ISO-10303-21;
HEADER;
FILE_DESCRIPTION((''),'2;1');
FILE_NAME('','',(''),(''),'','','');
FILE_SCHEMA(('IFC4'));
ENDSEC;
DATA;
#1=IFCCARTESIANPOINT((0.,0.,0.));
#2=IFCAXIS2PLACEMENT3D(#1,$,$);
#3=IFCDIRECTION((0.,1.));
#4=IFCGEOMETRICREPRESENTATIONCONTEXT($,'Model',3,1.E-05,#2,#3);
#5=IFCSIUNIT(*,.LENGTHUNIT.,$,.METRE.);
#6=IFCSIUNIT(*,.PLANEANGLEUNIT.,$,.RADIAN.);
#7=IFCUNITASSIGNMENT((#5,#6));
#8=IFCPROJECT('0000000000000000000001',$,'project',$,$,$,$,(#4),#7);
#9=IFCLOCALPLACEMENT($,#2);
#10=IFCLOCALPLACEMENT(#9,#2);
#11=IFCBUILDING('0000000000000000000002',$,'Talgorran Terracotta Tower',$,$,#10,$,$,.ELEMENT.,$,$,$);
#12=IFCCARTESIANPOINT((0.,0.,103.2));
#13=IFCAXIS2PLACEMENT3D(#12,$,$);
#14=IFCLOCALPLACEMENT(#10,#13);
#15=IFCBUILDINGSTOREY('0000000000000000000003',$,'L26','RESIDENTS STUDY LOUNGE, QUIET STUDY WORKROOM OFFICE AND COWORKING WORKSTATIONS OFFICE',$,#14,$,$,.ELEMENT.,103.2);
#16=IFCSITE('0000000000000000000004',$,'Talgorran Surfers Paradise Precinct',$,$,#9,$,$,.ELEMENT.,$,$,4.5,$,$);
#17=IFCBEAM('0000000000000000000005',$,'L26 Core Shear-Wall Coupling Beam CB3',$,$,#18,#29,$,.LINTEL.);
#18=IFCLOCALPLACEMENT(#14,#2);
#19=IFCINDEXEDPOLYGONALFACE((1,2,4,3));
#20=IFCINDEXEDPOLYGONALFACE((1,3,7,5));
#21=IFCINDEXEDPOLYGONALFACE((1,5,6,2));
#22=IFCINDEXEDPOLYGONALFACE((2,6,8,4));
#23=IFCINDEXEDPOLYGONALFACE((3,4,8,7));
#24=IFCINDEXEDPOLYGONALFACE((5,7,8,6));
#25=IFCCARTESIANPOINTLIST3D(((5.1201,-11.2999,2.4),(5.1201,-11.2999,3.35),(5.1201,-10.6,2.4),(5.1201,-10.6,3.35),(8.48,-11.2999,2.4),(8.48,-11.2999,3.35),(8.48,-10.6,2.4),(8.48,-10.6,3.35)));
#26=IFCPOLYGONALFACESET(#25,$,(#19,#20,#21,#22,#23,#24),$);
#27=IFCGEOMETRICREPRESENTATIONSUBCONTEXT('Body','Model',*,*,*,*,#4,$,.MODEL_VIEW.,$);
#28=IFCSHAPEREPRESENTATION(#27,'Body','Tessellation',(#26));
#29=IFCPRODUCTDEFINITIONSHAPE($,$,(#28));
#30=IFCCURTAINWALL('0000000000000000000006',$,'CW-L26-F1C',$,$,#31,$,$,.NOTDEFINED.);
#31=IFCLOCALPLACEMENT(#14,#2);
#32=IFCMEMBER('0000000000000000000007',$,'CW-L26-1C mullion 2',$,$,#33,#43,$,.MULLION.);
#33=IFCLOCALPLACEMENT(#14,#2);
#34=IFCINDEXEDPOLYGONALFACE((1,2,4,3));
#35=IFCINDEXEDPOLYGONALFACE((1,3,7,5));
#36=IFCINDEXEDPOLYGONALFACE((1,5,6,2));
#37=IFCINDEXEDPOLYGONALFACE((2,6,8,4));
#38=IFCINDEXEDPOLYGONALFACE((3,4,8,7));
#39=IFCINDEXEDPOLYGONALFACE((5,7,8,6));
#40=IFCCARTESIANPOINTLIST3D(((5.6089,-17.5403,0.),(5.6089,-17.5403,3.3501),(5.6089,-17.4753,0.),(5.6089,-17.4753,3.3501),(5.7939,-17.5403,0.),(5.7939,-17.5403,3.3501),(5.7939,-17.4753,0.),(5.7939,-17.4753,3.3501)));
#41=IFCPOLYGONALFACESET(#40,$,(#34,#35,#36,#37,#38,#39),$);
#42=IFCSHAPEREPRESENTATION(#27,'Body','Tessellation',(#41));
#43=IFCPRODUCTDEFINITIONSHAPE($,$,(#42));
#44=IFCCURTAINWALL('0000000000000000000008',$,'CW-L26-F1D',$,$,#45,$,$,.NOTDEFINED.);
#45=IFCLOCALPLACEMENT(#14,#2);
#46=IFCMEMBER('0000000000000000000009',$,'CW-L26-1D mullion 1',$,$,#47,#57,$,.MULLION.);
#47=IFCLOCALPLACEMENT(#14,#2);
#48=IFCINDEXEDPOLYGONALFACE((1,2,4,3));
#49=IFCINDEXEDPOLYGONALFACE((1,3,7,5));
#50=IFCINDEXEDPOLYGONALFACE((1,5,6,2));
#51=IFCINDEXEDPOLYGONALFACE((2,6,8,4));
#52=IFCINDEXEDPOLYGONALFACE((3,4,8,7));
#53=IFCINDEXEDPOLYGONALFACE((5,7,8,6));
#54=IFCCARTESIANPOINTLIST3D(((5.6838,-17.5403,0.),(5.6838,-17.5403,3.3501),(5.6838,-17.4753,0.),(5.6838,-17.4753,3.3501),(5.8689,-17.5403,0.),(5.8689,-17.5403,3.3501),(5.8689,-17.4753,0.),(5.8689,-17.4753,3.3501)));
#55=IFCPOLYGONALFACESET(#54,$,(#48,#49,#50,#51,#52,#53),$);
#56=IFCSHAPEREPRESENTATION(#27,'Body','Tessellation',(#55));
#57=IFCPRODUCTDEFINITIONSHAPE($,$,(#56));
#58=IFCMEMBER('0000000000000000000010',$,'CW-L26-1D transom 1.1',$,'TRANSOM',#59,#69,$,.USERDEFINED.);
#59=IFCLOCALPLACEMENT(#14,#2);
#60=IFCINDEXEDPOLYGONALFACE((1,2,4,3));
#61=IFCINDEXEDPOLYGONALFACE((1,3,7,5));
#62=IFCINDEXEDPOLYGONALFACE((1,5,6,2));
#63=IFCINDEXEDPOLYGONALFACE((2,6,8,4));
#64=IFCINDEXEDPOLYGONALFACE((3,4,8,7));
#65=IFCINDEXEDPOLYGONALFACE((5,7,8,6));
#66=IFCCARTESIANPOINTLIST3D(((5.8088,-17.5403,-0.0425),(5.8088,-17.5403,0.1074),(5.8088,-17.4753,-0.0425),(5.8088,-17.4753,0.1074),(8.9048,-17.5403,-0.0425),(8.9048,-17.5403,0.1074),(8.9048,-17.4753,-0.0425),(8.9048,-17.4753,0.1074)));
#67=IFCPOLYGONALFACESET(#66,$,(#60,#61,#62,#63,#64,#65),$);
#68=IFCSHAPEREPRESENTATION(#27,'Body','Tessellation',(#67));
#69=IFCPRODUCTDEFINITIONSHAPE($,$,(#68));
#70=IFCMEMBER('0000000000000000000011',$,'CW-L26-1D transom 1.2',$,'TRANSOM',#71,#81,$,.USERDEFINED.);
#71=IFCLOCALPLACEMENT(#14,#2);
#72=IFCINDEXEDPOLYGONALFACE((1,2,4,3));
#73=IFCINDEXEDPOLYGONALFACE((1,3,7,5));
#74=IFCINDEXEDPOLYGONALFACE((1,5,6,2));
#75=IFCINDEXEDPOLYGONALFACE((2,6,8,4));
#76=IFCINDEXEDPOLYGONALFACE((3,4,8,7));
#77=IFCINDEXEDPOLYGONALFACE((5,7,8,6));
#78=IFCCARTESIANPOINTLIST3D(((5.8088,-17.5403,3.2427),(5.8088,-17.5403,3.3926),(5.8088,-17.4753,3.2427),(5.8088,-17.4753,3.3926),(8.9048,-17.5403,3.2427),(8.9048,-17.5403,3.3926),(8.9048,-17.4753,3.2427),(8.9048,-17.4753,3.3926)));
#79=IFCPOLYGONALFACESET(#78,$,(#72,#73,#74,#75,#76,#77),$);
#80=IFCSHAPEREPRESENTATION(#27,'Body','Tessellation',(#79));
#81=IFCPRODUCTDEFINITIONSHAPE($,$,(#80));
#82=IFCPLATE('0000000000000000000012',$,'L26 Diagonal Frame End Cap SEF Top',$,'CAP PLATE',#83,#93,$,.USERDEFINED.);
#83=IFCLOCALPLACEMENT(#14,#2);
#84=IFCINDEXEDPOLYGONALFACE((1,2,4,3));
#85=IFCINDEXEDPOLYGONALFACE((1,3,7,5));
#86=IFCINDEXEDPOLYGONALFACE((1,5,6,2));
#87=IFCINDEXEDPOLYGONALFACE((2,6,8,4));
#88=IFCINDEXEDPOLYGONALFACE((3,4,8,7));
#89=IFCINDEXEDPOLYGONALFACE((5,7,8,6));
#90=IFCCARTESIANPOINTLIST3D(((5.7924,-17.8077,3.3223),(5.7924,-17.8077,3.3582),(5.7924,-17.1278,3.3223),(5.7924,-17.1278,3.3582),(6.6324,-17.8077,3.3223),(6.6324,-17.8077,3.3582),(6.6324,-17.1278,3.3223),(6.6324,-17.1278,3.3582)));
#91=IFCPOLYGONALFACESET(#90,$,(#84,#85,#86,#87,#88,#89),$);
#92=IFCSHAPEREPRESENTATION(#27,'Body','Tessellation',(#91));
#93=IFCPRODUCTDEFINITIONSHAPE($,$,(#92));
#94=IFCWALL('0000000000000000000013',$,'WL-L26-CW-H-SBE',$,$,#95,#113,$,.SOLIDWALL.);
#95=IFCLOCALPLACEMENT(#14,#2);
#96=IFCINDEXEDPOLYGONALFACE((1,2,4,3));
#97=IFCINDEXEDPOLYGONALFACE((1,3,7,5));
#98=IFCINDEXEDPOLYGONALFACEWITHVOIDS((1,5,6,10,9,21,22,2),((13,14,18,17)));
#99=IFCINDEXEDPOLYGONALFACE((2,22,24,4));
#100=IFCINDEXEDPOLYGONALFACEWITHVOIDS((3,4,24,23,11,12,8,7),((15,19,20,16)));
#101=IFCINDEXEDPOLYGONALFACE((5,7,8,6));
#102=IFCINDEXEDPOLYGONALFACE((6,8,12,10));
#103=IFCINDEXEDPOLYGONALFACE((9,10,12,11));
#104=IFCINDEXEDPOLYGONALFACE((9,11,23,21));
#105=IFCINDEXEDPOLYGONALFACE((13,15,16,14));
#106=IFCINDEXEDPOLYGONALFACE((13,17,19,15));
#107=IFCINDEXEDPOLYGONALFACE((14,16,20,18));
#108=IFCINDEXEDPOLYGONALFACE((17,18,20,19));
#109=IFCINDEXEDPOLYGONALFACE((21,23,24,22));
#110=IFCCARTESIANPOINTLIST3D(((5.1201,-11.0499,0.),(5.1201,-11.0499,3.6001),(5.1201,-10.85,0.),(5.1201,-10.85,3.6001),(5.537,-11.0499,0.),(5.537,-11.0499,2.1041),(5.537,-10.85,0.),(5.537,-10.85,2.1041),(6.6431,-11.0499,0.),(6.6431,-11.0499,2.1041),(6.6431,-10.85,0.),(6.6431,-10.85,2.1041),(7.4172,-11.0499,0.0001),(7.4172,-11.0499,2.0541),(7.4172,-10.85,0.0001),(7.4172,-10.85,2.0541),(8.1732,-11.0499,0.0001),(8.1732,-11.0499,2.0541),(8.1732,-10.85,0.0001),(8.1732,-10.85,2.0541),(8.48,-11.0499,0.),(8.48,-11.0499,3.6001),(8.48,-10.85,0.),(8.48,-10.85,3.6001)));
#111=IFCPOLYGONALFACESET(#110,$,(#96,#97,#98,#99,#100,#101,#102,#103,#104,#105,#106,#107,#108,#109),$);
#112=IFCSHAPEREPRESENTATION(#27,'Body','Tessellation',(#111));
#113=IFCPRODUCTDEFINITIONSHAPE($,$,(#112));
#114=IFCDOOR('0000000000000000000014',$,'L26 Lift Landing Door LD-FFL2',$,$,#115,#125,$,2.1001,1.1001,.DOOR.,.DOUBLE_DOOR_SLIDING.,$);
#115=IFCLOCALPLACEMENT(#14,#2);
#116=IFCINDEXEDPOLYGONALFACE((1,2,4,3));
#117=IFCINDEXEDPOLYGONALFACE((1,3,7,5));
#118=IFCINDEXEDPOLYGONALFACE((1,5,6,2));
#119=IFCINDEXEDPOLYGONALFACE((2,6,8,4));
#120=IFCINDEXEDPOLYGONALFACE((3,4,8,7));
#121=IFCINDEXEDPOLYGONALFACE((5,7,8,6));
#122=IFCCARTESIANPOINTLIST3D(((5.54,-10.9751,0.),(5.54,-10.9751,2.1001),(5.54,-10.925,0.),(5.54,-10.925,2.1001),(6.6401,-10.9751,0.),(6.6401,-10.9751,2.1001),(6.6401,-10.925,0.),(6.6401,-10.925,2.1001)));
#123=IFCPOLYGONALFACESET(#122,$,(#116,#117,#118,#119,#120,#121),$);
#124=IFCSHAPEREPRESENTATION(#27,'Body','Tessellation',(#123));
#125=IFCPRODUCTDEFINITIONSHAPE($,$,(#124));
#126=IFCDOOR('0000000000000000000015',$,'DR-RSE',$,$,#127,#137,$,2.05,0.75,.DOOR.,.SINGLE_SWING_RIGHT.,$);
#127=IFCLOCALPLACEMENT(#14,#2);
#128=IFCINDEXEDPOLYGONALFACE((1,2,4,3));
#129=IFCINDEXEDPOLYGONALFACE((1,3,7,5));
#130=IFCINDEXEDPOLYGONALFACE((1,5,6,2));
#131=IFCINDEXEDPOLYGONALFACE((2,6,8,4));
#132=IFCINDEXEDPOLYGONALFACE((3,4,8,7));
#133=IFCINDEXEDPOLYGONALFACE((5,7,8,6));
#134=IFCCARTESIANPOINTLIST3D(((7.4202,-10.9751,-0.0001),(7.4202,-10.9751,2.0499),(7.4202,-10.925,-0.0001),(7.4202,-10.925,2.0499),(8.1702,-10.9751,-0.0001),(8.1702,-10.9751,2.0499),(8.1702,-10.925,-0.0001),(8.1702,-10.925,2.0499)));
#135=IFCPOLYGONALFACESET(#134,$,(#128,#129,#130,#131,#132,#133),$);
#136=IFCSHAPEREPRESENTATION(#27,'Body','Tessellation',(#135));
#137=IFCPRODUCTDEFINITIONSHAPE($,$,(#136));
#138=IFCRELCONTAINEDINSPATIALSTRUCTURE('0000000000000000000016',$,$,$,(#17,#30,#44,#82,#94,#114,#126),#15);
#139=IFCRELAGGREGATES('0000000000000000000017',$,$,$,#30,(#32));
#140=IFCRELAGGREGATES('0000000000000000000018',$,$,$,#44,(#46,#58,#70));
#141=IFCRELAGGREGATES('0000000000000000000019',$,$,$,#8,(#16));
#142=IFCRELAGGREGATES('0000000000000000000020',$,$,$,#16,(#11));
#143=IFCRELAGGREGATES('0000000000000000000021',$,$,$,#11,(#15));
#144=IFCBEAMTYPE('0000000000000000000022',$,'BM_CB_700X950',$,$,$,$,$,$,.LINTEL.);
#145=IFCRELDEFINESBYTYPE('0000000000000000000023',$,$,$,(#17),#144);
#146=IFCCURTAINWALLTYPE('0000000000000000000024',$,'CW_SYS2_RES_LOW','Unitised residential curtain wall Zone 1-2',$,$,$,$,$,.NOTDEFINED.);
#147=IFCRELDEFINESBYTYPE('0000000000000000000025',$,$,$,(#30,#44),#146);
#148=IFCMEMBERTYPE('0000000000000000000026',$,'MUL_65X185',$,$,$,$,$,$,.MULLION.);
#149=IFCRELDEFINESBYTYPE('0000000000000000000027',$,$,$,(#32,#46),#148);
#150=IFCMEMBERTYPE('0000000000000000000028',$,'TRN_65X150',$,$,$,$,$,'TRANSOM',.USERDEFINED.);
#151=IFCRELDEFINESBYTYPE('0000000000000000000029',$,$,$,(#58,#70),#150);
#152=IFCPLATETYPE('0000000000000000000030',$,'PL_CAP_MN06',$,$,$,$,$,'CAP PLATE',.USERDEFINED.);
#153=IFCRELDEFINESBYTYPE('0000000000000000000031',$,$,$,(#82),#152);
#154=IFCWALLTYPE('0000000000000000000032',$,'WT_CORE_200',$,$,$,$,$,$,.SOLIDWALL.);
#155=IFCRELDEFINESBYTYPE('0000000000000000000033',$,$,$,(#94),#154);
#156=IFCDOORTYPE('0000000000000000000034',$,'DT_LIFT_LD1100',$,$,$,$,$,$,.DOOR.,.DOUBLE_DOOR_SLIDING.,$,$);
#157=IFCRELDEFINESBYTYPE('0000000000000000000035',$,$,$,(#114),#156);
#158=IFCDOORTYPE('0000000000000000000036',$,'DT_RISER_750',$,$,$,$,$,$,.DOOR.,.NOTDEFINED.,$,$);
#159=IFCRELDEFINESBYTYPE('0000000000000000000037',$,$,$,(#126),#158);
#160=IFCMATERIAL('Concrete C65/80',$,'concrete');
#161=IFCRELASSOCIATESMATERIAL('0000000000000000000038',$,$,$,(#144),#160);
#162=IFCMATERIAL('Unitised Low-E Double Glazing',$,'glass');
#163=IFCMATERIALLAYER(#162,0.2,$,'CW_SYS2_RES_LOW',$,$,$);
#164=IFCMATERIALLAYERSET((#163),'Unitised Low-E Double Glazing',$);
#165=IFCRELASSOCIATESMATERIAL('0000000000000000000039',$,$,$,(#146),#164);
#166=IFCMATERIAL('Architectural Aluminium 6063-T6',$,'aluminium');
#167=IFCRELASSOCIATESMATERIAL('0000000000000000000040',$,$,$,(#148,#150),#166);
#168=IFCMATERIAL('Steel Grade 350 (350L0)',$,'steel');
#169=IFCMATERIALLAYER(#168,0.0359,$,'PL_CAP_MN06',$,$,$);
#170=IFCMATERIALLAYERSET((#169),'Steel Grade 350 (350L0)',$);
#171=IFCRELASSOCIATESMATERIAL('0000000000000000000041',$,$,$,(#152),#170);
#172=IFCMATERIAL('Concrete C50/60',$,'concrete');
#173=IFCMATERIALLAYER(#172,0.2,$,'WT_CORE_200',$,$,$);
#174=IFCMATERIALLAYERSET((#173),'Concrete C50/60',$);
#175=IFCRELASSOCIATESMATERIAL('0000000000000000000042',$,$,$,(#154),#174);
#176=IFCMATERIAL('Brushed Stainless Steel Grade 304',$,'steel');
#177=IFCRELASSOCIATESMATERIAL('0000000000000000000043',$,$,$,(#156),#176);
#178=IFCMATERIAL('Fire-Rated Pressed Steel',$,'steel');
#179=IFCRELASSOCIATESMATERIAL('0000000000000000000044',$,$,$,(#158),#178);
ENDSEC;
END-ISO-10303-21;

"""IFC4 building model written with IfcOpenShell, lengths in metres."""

from ifc_helpers import new_model, si_unit, direction, frame, frame_2d, origin, origin_2d, place, context, subcontext, project, spatial, rectangle, extrude, material, layer, layer_set, material_profile, profile_set, type_object, element, fill, aggregate, save


model = new_model("IFC4")

# Units and contexts
model_context = context("Model", 3, precision=1e-05, world=origin(), true_north=direction((0.0, 1.0)))
body_context = subcontext(model_context, "Body", "Model", "MODEL_VIEW")
ifc_project = project(units=[si_unit("LENGTHUNIT", "METRE"), si_unit("PLANEANGLEUNIT", "RADIAN")], contexts=[model_context])

# Site, building, storey
site_placement = place(None, origin())
site = spatial("IfcSite", under=ifc_project, at=site_placement, Name="Talgorran Surfers Paradise Precinct", CompositionType="ELEMENT", RefElevation=4.5)
building_placement = place(site_placement, origin())
building = spatial("IfcBuilding", under=site, at=building_placement, Name="Talgorran Terracotta Tower", CompositionType="ELEMENT")
storey_placement = place(building_placement, frame((0.0, 0.0, 103.2)))
storey = spatial("IfcBuildingStorey", under=building, at=storey_placement, Name="L26", Description="RESIDENTS STUDY LOUNGE, QUIET STUDY WORKROOM OFFICE AND COWORKING WORKSTATIONS OFFICE", CompositionType="ELEMENT", Elevation=103.2)

# Beam
ifc_material_1 = material(Name="Concrete C65/80", Category="concrete")
ifc_material_profile_1 = material_profile(ifc_material_1, rectangle(XDim=0.7, YDim=0.95, at=origin_2d()), Name="RCCB700X950")
ifc_profile_set_1 = profile_set([ifc_material_profile_1], Name="Concrete C65/80")
beam_type = type_object("IfcBeamType", Name="BM_CB_700X950", PredefinedType="LINTEL", material=ifc_profile_set_1)
beam_placement = place(storey_placement, frame((5.1201, -10.95, 2.875), z_axis=(1.0, 0.0, 0.0), x_axis=(0.0, 1.0, 0.0)))
element("IfcBeam", 1, at=beam_placement, inside=storey, type_object=beam_type, Name="L26 Core Shear-Wall Coupling Beam CB3", PredefinedType="LINTEL", context=body_context, shape_type="SweptSolid", body=[
    extrude(rectangle(XDim=0.7, YDim=0.95, at=origin_2d()), origin(), (0.0, 0.0, 1.0), 3.3599),
])

# Curtain wall, member
ifc_material_2 = material(Name="Unitised Low-E Double Glazing", Category="glass")
ifc_layer_1 = layer(ifc_material_2, 0.2, Name="CW_SYS2_RES_LOW")
ifc_layer_set_1 = layer_set([ifc_layer_1], Name="Unitised Low-E Double Glazing")
curtain_wall_type = type_object("IfcCurtainWallType", Name="CW_SYS2_RES_LOW", Description="Unitised residential curtain wall Zone 1-2", PredefinedType="NOTDEFINED", material=ifc_layer_set_1)
curtain_wall_1_placement = place(storey_placement, origin())
curtain_wall_1 = element("IfcCurtainWall", 2, at=curtain_wall_1_placement, inside=storey, type_object=curtain_wall_type, Name="CW-L26-F1C", PredefinedType="NOTDEFINED")
ifc_material_3 = material(Name="Architectural Aluminium 6063-T6", Category="aluminium")
ifc_material_profile_2 = material_profile(ifc_material_3, rectangle(XDim=0.0649, YDim=0.1851, at=origin_2d()), Name="CWM65X185")
ifc_profile_set_2 = profile_set([ifc_material_profile_2], Name="Architectural Aluminium 6063-T6")
member_type_1 = type_object("IfcMemberType", Name="MUL_65X185", PredefinedType="MULLION", material=ifc_profile_set_2)
member_1_placement = place(storey_placement, frame((5.7014, -17.5078, 0.0), z_axis=(0.0, 0.0, 1.0), x_axis=(0.0, 1.0, 0.0)))
member_1 = element("IfcMember", 3, at=member_1_placement, type_object=member_type_1, Name="CW-L26-1C mullion 2", PredefinedType="MULLION", context=body_context, shape_type="SweptSolid", body=[
    extrude(rectangle(XDim=0.0649, YDim=0.1851, at=origin_2d()), origin(), (0.0, 0.0, 1.0), 3.3501),
])
aggregate(curtain_wall_1, [member_1])

# Curtain wall, members
curtain_wall_2_placement = place(storey_placement, origin())
curtain_wall_2 = element("IfcCurtainWall", 4, at=curtain_wall_2_placement, inside=storey, type_object=curtain_wall_type, Name="CW-L26-F1D", PredefinedType="NOTDEFINED")
member_2_placement = place(storey_placement, frame((5.7764, -17.5078, 0.0), z_axis=(0.0, 0.0, 1.0), x_axis=(0.0, 1.0, 0.0)))
member_2 = element("IfcMember", 5, at=member_2_placement, type_object=member_type_1, Name="CW-L26-1D mullion 1", PredefinedType="MULLION", context=body_context, shape_type="SweptSolid", body=[
    extrude(rectangle(XDim=0.0649, YDim=0.1851, at=origin_2d()), origin(), (0.0, 0.0, 1.0), 3.3501),
])
ifc_material_profile_3 = material_profile(ifc_material_3, rectangle(XDim=0.0649, YDim=0.1499, at=origin_2d()), Name="CWT65X150")
ifc_profile_set_3 = profile_set([ifc_material_profile_3], Name="Architectural Aluminium 6063-T6")
member_type_2 = type_object("IfcMemberType", Name="TRN_65X150", ElementType="TRANSOM", PredefinedType="USERDEFINED", material=ifc_profile_set_3)
member_3_placement = place(storey_placement, frame((5.8088, -17.5078, 0.0325), z_axis=(1.0, 0.0, 0.0), x_axis=(0.0, 1.0, 0.0)))
member_3 = element("IfcMember", 6, at=member_3_placement, type_object=member_type_2, Name="CW-L26-1D transom 1.1", ObjectType="TRANSOM", PredefinedType="USERDEFINED", context=body_context, shape_type="SweptSolid", body=[
    extrude(rectangle(XDim=0.0649, YDim=0.1499, at=origin_2d()), origin(), (0.0, 0.0, 1.0), 3.0959),
])
member_4_placement = place(storey_placement, frame((5.8088, -17.5078, 3.3176), z_axis=(1.0, 0.0, 0.0), x_axis=(0.0, 1.0, 0.0)))
member_4 = element("IfcMember", 7, at=member_4_placement, type_object=member_type_2, Name="CW-L26-1D transom 1.2", ObjectType="TRANSOM", PredefinedType="USERDEFINED", context=body_context, shape_type="SweptSolid", body=[
    extrude(rectangle(XDim=0.0649, YDim=0.1499, at=origin_2d()), origin(), (0.0, 0.0, 1.0), 3.0959),
])
aggregate(curtain_wall_2, [member_2, member_3, member_4])

# Plate
ifc_material_4 = material(Name="Steel Grade 350 (350L0)", Category="steel")
ifc_layer_2 = layer(ifc_material_4, 0.0359, Name="PL_CAP_MN06")
ifc_layer_set_2 = layer_set([ifc_layer_2], Name="Steel Grade 350 (350L0)")
plate_type = type_object("IfcPlateType", Name="PL_CAP_MN06", ElementType="CAP PLATE", PredefinedType="USERDEFINED", material=ifc_layer_set_2)
plate_placement = place(storey_placement, frame((6.2124, -17.4678, 3.3223), z_axis=(0.0, 0.0, 1.0), x_axis=(-1.0, 0.0, 0.0)))
element("IfcPlate", 8, at=plate_placement, inside=storey, type_object=plate_type, Name="L26 Diagonal Frame End Cap SEF Top", ObjectType="CAP PLATE", PredefinedType="USERDEFINED", context=body_context, shape_type="SweptSolid", body=[
    extrude(rectangle(XDim=0.8401, YDim=0.6799, at=origin_2d()), origin(), (0.0, 0.0, 1.0), 0.0359),
])

# Wall, openings, doors
ifc_material_5 = material(Name="Concrete C50/60", Category="concrete")
ifc_layer_3 = layer(ifc_material_5, 0.2, Name="WT_CORE_200")
ifc_layer_set_3 = layer_set([ifc_layer_3], Name="Concrete C50/60")
wall_type_1 = type_object("IfcWallType", Name="WT_CORE_200", PredefinedType="SOLIDWALL", material=ifc_layer_set_3)
wall_1_placement = place(storey_placement, frame((5.1201, -10.95, 0.0), z_axis=(0.0, 0.0, 1.0), x_axis=(1.0, 0.0, 0.0)))
wall_1 = element("IfcWall", 9, at=wall_1_placement, inside=storey, type_object=wall_type_1, Name="WL-L26-CW-H-SBE", PredefinedType="SOLIDWALL", context=body_context, shape_type="SweptSolid", body=[
    extrude(rectangle(XDim=3.3599, YDim=0.2, at=frame_2d((1.6799, 0.0))), origin(), (0.0, 0.0, 1.0), 3.6001),
])
opening_1_placement = place(wall_1_placement, frame((0.4199, 0.0, 0.0)))
opening_1 = element("IfcOpeningElement", 10, at=opening_1_placement, cuts=wall_1, PredefinedType="OPENING", context=body_context, shape_type="SweptSolid", body=[
    extrude(rectangle(XDim=1.1061, YDim=2.1041, at=frame_2d((0.55, 1.052))), frame((0.0, 0.1099, 0.0), z_axis=(0.0, -1.0, 0.0), x_axis=(1.0, 0.0, 0.0)), (0.0, 0.0, 1.0), 0.22),
])
opening_2_placement = place(wall_1_placement, frame((2.3, 0.0, 0.0)))
opening_2 = element("IfcOpeningElement", 11, at=opening_2_placement, cuts=wall_1, PredefinedType="OPENING", context=body_context, shape_type="SweptSolid", body=[
    extrude(rectangle(XDim=0.756, YDim=2.054, at=frame_2d((0.375, 1.0271))), frame((0.0, 0.1099, 0.0), z_axis=(0.0, -1.0, 0.0), x_axis=(1.0, 0.0, 0.0)), (0.0, 0.0, 1.0), 0.22),
])
ifc_material_6 = material(Name="Brushed Stainless Steel Grade 304", Category="steel")
door_type_1 = type_object("IfcDoorType", Name="DT_LIFT_LD1100", OperationType="DOUBLE_DOOR_SLIDING", PredefinedType="DOOR", material=ifc_material_6)
door_1_placement = place(opening_1_placement, origin())
door_1 = element("IfcDoor", 12, at=door_1_placement, inside=storey, type_object=door_type_1, Name="L26 Lift Landing Door LD-FFL2", OperationType="DOUBLE_DOOR_SLIDING", OverallHeight=2.1001, OverallWidth=1.1001, PredefinedType="DOOR", context=body_context, shape_type="SweptSolid", body=[
    extrude(rectangle(XDim=1.1001, YDim=2.1001, at=frame_2d((0.55, 1.05))), frame((0.0, 0.0249, 0.0), z_axis=(0.0, -1.0, 0.0), x_axis=(1.0, 0.0, 0.0)), (0.0, 0.0, 1.0), 0.05),
])
fill(opening_1, door_1)
ifc_material_7 = material(Name="Fire-Rated Pressed Steel", Category="steel")
door_type_2 = type_object("IfcDoorType", Name="DT_RISER_750", OperationType="NOTDEFINED", PredefinedType="DOOR", material=ifc_material_7)
door_2_placement = place(opening_2_placement, origin())
door_2 = element("IfcDoor", 13, at=door_2_placement, inside=storey, type_object=door_type_2, Name="DR-RSE", OperationType="SINGLE_SWING_RIGHT", OverallHeight=2.05, OverallWidth=0.75, PredefinedType="DOOR", context=body_context, shape_type="SweptSolid", body=[
    extrude(rectangle(XDim=0.75, YDim=2.05, at=frame_2d((0.375, 1.0249))), frame((0.0, 0.0249, 0.0), z_axis=(0.0, -1.0, 0.0), x_axis=(1.0, 0.0, 0.0)), (0.0, 0.0, 1.0), 0.05),
])
fill(opening_2, door_2)

save(model, "model.ifc")
